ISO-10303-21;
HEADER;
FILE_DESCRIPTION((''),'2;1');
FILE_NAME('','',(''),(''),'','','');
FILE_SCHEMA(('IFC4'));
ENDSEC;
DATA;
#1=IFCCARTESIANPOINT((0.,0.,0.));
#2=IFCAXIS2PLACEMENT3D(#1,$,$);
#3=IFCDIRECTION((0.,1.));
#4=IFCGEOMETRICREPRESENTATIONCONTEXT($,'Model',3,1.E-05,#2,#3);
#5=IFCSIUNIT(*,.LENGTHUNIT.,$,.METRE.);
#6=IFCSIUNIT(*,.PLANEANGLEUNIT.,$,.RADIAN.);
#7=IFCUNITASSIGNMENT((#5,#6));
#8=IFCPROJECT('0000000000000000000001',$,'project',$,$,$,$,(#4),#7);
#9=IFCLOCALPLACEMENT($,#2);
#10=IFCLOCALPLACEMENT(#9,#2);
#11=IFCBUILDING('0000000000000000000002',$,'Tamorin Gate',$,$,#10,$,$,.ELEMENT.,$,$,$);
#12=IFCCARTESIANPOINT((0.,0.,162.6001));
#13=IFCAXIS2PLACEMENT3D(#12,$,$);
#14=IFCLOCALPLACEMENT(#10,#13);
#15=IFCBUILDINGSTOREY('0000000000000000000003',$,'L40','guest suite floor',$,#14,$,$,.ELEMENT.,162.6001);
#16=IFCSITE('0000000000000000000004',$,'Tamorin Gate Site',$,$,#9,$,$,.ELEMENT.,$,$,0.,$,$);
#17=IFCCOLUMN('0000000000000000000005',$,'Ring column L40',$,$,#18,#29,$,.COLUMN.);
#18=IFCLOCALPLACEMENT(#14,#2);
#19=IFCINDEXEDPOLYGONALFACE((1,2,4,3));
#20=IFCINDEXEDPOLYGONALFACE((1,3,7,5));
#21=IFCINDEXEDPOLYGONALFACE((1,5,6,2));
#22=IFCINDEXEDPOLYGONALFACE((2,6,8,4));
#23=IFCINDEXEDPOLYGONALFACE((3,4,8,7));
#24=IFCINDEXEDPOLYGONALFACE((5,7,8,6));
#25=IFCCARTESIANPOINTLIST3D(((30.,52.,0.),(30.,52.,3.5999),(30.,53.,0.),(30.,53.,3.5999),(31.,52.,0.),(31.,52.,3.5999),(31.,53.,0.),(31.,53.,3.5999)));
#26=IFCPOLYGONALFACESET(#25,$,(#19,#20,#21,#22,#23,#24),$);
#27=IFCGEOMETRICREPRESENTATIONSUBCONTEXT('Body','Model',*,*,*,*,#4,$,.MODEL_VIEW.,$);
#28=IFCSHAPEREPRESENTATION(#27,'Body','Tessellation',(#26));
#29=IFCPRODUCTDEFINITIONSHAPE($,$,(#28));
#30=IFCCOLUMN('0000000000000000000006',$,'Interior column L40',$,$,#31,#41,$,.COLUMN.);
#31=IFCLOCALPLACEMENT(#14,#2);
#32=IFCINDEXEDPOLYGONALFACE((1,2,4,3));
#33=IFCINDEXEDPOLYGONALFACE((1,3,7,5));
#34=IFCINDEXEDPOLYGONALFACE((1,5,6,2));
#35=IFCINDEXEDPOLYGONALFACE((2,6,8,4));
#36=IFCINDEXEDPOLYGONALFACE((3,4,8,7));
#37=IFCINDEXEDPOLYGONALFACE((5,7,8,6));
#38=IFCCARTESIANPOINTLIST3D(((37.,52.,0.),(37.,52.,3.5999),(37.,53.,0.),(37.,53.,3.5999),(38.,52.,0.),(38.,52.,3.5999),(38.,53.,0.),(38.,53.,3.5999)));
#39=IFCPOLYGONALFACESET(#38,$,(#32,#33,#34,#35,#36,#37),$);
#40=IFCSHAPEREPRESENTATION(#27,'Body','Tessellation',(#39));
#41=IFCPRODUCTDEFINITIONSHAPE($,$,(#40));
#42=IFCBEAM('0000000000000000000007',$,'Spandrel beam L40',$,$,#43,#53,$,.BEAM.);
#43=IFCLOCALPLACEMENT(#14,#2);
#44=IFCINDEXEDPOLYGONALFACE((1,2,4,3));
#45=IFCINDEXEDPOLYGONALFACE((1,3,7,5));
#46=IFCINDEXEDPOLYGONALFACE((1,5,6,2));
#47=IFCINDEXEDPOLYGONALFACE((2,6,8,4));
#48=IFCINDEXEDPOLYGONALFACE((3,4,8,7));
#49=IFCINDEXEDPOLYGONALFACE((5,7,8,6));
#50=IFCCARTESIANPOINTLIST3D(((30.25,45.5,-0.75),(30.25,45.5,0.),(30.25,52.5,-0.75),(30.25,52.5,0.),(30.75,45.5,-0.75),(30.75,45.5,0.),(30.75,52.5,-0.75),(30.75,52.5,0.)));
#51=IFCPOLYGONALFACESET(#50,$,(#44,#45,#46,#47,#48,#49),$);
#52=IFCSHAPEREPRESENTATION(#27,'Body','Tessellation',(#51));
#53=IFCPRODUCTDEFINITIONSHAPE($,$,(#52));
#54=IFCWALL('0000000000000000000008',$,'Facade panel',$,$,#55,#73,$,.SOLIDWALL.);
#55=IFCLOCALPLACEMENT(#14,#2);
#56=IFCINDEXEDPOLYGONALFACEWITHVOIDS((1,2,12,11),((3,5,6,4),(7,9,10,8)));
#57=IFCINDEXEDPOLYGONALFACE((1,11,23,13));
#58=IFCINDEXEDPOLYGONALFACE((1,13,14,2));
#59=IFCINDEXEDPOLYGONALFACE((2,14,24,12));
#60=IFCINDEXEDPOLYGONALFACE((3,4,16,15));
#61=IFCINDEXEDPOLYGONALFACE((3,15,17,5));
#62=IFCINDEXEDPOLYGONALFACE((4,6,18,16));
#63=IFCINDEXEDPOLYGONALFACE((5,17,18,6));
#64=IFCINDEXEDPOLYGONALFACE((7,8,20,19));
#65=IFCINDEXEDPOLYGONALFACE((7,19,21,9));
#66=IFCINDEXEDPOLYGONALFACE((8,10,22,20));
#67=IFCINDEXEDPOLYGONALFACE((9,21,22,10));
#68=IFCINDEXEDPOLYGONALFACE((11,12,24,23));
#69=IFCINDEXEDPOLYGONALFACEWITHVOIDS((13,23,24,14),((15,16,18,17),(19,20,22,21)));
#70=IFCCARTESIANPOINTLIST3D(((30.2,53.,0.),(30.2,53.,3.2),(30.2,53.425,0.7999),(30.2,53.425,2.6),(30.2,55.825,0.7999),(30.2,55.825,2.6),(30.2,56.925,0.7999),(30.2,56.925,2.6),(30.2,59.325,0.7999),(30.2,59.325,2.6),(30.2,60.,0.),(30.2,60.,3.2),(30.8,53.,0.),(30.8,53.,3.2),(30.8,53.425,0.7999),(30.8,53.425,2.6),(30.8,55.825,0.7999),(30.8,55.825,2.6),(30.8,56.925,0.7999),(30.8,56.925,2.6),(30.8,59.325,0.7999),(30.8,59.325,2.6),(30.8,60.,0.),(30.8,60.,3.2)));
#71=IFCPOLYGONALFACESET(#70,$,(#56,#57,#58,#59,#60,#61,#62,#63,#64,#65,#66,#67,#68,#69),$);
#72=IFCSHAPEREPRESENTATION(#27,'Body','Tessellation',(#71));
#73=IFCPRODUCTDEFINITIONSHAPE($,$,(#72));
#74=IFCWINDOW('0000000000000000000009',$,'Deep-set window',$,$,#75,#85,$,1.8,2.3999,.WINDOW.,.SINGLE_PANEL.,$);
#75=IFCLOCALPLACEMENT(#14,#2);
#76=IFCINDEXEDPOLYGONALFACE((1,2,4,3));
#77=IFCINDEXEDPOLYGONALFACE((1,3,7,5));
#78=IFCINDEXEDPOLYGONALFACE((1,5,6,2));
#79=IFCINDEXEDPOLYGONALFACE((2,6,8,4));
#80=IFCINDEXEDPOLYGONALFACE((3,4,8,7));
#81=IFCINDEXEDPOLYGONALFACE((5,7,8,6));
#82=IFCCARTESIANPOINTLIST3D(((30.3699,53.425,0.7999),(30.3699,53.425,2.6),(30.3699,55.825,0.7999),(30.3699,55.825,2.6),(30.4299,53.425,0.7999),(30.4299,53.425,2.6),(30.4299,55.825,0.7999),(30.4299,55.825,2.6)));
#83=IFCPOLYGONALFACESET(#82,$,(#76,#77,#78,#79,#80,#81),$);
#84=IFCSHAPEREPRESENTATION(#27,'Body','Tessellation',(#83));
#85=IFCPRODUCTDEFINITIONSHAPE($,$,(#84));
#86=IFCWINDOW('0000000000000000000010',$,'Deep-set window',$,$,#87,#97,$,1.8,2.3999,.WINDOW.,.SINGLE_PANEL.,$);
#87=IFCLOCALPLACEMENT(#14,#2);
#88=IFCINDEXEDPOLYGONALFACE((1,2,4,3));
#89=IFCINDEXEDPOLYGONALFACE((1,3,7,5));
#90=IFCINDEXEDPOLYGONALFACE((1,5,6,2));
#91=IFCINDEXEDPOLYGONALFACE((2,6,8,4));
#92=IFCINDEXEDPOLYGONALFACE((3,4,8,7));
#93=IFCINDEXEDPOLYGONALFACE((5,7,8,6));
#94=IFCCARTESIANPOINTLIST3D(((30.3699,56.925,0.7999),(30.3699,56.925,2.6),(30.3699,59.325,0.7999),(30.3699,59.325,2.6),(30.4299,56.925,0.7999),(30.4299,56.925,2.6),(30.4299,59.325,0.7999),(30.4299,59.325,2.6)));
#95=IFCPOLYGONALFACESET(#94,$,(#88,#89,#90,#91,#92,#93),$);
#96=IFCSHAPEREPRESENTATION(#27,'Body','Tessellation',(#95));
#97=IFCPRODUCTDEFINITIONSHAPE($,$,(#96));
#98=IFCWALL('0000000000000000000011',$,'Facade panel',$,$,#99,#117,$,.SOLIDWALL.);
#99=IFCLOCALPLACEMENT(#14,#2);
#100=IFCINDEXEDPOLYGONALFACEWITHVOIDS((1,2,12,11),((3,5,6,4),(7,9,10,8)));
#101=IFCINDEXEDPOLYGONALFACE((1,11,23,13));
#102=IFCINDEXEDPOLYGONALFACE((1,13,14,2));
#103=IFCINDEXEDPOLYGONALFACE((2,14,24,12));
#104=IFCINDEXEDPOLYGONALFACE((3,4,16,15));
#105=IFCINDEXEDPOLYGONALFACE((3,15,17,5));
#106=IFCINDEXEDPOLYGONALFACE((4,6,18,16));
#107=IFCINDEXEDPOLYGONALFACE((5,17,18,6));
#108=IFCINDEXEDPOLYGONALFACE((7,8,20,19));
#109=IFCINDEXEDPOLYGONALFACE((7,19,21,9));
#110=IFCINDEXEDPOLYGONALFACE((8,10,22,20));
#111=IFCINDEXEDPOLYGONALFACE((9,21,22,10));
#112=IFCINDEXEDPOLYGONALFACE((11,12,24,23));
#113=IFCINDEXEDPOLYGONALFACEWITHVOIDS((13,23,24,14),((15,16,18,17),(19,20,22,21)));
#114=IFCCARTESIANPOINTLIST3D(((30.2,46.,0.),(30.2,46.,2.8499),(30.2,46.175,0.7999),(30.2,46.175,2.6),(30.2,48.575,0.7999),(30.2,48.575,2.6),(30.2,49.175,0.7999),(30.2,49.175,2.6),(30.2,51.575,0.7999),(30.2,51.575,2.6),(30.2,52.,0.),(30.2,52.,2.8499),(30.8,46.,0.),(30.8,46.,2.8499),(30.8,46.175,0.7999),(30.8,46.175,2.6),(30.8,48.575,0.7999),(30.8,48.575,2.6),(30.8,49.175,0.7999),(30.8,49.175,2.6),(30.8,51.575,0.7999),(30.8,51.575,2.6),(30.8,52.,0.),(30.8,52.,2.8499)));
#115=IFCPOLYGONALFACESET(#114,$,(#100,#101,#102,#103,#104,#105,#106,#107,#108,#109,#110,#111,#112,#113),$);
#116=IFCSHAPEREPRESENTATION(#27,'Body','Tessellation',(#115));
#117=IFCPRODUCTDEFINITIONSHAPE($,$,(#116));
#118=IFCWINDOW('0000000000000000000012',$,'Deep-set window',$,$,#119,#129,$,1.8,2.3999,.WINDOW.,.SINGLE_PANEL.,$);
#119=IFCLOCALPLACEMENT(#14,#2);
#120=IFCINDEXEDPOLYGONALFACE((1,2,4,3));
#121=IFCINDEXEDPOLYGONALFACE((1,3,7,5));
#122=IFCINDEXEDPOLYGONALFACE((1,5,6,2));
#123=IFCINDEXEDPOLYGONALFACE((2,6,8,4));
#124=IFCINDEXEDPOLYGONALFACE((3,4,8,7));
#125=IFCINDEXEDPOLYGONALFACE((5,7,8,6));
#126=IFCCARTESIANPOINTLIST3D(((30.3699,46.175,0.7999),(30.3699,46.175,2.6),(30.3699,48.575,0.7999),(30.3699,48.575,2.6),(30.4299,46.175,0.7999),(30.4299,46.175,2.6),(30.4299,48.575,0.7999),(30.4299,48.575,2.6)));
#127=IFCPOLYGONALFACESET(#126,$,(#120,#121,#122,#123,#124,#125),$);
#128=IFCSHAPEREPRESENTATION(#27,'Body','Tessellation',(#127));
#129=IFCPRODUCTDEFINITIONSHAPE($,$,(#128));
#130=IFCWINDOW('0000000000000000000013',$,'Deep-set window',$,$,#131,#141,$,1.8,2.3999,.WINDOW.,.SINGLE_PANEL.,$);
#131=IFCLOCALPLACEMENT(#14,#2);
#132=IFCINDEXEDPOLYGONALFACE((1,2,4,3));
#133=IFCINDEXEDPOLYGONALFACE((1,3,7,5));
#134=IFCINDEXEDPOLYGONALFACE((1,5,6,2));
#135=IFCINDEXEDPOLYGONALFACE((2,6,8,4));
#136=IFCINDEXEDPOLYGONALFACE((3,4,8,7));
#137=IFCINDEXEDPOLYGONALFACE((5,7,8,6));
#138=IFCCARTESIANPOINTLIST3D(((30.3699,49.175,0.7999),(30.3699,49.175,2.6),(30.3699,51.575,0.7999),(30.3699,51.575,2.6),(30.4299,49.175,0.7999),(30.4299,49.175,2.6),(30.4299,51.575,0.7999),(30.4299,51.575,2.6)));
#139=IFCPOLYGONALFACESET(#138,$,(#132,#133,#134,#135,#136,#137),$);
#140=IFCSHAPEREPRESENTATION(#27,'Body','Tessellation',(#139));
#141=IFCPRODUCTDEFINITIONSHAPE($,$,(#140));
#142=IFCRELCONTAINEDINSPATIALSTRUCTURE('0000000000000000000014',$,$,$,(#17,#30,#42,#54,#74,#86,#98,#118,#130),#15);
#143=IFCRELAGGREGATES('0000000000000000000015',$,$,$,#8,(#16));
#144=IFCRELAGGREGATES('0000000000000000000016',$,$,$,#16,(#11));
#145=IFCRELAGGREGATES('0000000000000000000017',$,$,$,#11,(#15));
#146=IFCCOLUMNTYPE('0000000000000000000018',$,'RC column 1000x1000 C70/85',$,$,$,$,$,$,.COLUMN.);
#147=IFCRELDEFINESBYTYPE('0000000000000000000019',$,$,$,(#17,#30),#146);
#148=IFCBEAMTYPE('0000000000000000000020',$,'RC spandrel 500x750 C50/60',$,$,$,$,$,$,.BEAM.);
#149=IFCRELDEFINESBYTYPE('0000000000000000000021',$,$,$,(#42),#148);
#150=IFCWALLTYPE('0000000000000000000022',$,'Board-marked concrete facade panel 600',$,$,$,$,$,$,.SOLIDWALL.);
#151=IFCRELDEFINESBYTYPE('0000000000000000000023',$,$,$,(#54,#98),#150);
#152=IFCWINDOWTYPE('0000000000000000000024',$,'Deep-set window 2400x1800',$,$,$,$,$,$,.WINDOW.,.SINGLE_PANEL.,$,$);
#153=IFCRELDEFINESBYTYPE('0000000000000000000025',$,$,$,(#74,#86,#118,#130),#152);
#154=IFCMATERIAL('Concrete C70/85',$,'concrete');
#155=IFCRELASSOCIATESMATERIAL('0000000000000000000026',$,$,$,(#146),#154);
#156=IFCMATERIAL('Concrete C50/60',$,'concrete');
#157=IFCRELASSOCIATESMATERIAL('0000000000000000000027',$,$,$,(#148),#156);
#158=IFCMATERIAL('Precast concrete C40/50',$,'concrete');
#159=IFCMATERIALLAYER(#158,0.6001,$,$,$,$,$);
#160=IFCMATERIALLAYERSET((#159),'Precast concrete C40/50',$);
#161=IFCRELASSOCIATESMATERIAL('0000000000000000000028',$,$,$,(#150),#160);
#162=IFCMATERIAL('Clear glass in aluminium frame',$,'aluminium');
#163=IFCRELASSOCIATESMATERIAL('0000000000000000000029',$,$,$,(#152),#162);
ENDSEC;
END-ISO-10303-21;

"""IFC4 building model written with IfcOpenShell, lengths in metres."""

from ifc_helpers import new_model, si_unit, direction, frame, frame_2d, origin, origin_2d, place, context, subcontext, project, spatial, rectangle, extrude, material, layer, layer_set, material_profile, profile_set, type_object, element, fill, save


model = new_model("IFC4")

# Units and contexts
model_context = context("Model", 3, precision=1e-05, world=origin(), true_north=direction((0.0, 1.0)))
body_context = subcontext(model_context, "Body", "Model", "MODEL_VIEW")
ifc_project = project(units=[si_unit("LENGTHUNIT", "METRE"), si_unit("PLANEANGLEUNIT", "RADIAN")], contexts=[model_context])

# Site, building, storey
site_placement = place(None, origin())
site = spatial("IfcSite", under=ifc_project, at=site_placement, Name="Tamorin Gate Site", CompositionType="ELEMENT", RefElevation=0.0)
building_placement = place(site_placement, origin())
building = spatial("IfcBuilding", under=site, at=building_placement, Name="Tamorin Gate", CompositionType="ELEMENT")
storey_placement = place(building_placement, frame((0.0, 0.0, 162.6001)))
storey = spatial("IfcBuildingStorey", under=building, at=storey_placement, Name="L40", Description="guest suite floor", CompositionType="ELEMENT", Elevation=162.6001)

# Columns
ifc_material_1 = material(Name="Concrete C70/85", Category="concrete")
ifc_material_profile_1 = material_profile(ifc_material_1, rectangle(XDim=1.0, YDim=1.0, at=origin_2d()), Name="RC 1000x1000")
ifc_profile_set_1 = profile_set([ifc_material_profile_1], Name="Concrete C70/85")
column_type = type_object("IfcColumnType", Name="RC column 1000x1000 C70/85", PredefinedType="COLUMN", material=ifc_profile_set_1)
for number, where, z_axis, x_axis, name in (
    (1, (30.5, 52.5, 0.0), (0.0, 0.0, 1.0), (1.0, 0.0, 0.0), "Ring column L40"),
    (2, (37.5, 52.5, 0.0), (0.0, 0.0, 1.0), (1.0, 0.0, 0.0), "Interior column L40"),
):
    element("IfcColumn", number, at=place(storey_placement, frame(where, z_axis=z_axis, x_axis=x_axis)), inside=storey, type_object=column_type, Name=name, PredefinedType="COLUMN", context=body_context, shape_type="SweptSolid", body=[
        extrude(rectangle(XDim=1.0, YDim=1.0, at=origin_2d()), origin(), (0.0, 0.0, 1.0), 3.5999),
    ])

# Beam
ifc_material_2 = material(Name="Concrete C50/60", Category="concrete")
ifc_material_profile_2 = material_profile(ifc_material_2, rectangle(XDim=0.5, YDim=0.75, at=origin_2d()), Name="RC 500x750")
ifc_profile_set_2 = profile_set([ifc_material_profile_2], Name="Concrete C50/60")
beam_type = type_object("IfcBeamType", Name="RC spandrel 500x750 C50/60", PredefinedType="BEAM", material=ifc_profile_set_2)
beam_placement = place(storey_placement, frame((30.5, 52.5, -0.375), z_axis=(0.0, -1.0, 0.0), x_axis=(1.0, 0.0, 0.0)))
element("IfcBeam", 3, at=beam_placement, inside=storey, type_object=beam_type, Name="Spandrel beam L40", PredefinedType="BEAM", context=body_context, shape_type="SweptSolid", body=[
    extrude(rectangle(XDim=0.5, YDim=0.75, at=origin_2d()), origin(), (0.0, 0.0, 1.0), 7.0),
])

# Walls, openings, windows
ifc_material_3 = material(Name="Precast concrete C40/50", Category="concrete")
ifc_layer_1 = layer(ifc_material_3, 0.6001)
ifc_layer_set_1 = layer_set([ifc_layer_1], Name="Precast concrete C40/50")
wall_type_1 = type_object("IfcWallType", Name="Board-marked concrete facade panel 600", PredefinedType="SOLIDWALL", material=ifc_layer_set_1)
wall_1_placement = place(storey_placement, frame((30.5, 60.0, 0.0), z_axis=(0.0, 0.0, 1.0), x_axis=(0.0, -1.0, 0.0)))
wall_1 = element("IfcWall", 4, at=wall_1_placement, inside=storey, type_object=wall_type_1, Name="Facade panel", PredefinedType="SOLIDWALL", context=body_context, shape_type="SweptSolid", body=[
    extrude(rectangle(XDim=7.0, YDim=0.6001, at=frame_2d((3.5, 0.0))), origin(), (0.0, 0.0, 1.0), 3.2),
])
opening_1_placement = place(wall_1_placement, frame((4.175, 0.0, 0.8)))
opening_1 = element("IfcOpeningElement", 5, at=opening_1_placement, cuts=wall_1, PredefinedType="OPENING", context=body_context, shape_type="SweptSolid", body=[
    extrude(rectangle(XDim=2.3999, YDim=1.8, at=frame_2d((1.2, 0.8999))), frame((0.0, 0.3101, 0.0), z_axis=(0.0, -1.0, 0.0), x_axis=(1.0, 0.0, 0.0)), (0.0, 0.0, 1.0), 0.6201),
])
opening_2_placement = place(wall_1_placement, frame((0.675, 0.0, 0.8)))
opening_2 = element("IfcOpeningElement", 6, at=opening_2_placement, cuts=wall_1, PredefinedType="OPENING", context=body_context, shape_type="SweptSolid", body=[
    extrude(rectangle(XDim=2.3999, YDim=1.8, at=frame_2d((1.2, 0.8999))), frame((0.0, 0.3101, 0.0), z_axis=(0.0, -1.0, 0.0), x_axis=(1.0, 0.0, 0.0)), (0.0, 0.0, 1.0), 0.6201),
])
ifc_material_4 = material(Name="Clear glass in aluminium frame", Category="aluminium")
window_type = type_object("IfcWindowType", Name="Deep-set window 2400x1800", PartitioningType="SINGLE_PANEL", PredefinedType="WINDOW", material=ifc_material_4)
window_1_placement = place(opening_1_placement, origin())
window_1 = element("IfcWindow", 7, at=window_1_placement, inside=storey, type_object=window_type, Name="Deep-set window", OverallHeight=1.8, OverallWidth=2.3999, PartitioningType="SINGLE_PANEL", PredefinedType="WINDOW", context=body_context, shape_type="SweptSolid", body=[
    extrude(rectangle(XDim=2.3999, YDim=1.8, at=frame_2d((1.2, 0.8999))), frame((0.0, -0.0701, 0.0), z_axis=(0.0, -1.0, 0.0), x_axis=(1.0, 0.0, 0.0)), (0.0, 0.0, 1.0), 0.0601),
])
fill(opening_1, window_1)
window_2_placement = place(opening_2_placement, origin())
window_2 = element("IfcWindow", 8, at=window_2_placement, inside=storey, type_object=window_type, Name="Deep-set window", OverallHeight=1.8, OverallWidth=2.3999, PartitioningType="SINGLE_PANEL", PredefinedType="WINDOW", context=body_context, shape_type="SweptSolid", body=[
    extrude(rectangle(XDim=2.3999, YDim=1.8, at=frame_2d((1.2, 0.8999))), frame((0.0, -0.0701, 0.0), z_axis=(0.0, -1.0, 0.0), x_axis=(1.0, 0.0, 0.0)), (0.0, 0.0, 1.0), 0.0601),
])
fill(opening_2, window_2)
wall_2_placement = place(storey_placement, frame((30.5, 52.0, 0.0), z_axis=(0.0, 0.0, 1.0), x_axis=(0.0, -1.0, 0.0)))
wall_2 = element("IfcWall", 9, at=wall_2_placement, inside=storey, type_object=wall_type_1, Name="Facade panel", PredefinedType="SOLIDWALL", context=body_context, shape_type="SweptSolid", body=[
    extrude(rectangle(XDim=6.0, YDim=0.6001, at=frame_2d((3.0, 0.0))), origin(), (0.0, 0.0, 1.0), 2.8499),
])
opening_3_placement = place(wall_2_placement, frame((3.425, 0.0, 0.8)))
opening_3 = element("IfcOpeningElement", 10, at=opening_3_placement, cuts=wall_2, PredefinedType="OPENING", context=body_context, shape_type="SweptSolid", body=[
    extrude(rectangle(XDim=2.3999, YDim=1.8, at=frame_2d((1.2, 0.8999))), frame((0.0, 0.3101, 0.0), z_axis=(0.0, -1.0, 0.0), x_axis=(1.0, 0.0, 0.0)), (0.0, 0.0, 1.0), 0.6201),
])
opening_4_placement = place(wall_2_placement, frame((0.425, 0.0, 0.8)))
opening_4 = element("IfcOpeningElement", 11, at=opening_4_placement, cuts=wall_2, PredefinedType="OPENING", context=body_context, shape_type="SweptSolid", body=[
    extrude(rectangle(XDim=2.3999, YDim=1.8, at=frame_2d((1.2, 0.8999))), frame((0.0, 0.3101, 0.0), z_axis=(0.0, -1.0, 0.0), x_axis=(1.0, 0.0, 0.0)), (0.0, 0.0, 1.0), 0.6201),
])
window_3_placement = place(opening_3_placement, origin())
window_3 = element("IfcWindow", 12, at=window_3_placement, inside=storey, type_object=window_type, Name="Deep-set window", OverallHeight=1.8, OverallWidth=2.3999, PartitioningType="SINGLE_PANEL", PredefinedType="WINDOW", context=body_context, shape_type="SweptSolid", body=[
    extrude(rectangle(XDim=2.3999, YDim=1.8, at=frame_2d((1.2, 0.8999))), frame((0.0, -0.0701, 0.0), z_axis=(0.0, -1.0, 0.0), x_axis=(1.0, 0.0, 0.0)), (0.0, 0.0, 1.0), 0.0601),
])
fill(opening_3, window_3)
window_4_placement = place(opening_4_placement, origin())
window_4 = element("IfcWindow", 13, at=window_4_placement, inside=storey, type_object=window_type, Name="Deep-set window", OverallHeight=1.8, OverallWidth=2.3999, PartitioningType="SINGLE_PANEL", PredefinedType="WINDOW", context=body_context, shape_type="SweptSolid", body=[
    extrude(rectangle(XDim=2.3999, YDim=1.8, at=frame_2d((1.2, 0.8999))), frame((0.0, -0.0701, 0.0), z_axis=(0.0, -1.0, 0.0), x_axis=(1.0, 0.0, 0.0)), (0.0, 0.0, 1.0), 0.0601),
])
fill(opening_4, window_4)

save(model, "model.ifc")
